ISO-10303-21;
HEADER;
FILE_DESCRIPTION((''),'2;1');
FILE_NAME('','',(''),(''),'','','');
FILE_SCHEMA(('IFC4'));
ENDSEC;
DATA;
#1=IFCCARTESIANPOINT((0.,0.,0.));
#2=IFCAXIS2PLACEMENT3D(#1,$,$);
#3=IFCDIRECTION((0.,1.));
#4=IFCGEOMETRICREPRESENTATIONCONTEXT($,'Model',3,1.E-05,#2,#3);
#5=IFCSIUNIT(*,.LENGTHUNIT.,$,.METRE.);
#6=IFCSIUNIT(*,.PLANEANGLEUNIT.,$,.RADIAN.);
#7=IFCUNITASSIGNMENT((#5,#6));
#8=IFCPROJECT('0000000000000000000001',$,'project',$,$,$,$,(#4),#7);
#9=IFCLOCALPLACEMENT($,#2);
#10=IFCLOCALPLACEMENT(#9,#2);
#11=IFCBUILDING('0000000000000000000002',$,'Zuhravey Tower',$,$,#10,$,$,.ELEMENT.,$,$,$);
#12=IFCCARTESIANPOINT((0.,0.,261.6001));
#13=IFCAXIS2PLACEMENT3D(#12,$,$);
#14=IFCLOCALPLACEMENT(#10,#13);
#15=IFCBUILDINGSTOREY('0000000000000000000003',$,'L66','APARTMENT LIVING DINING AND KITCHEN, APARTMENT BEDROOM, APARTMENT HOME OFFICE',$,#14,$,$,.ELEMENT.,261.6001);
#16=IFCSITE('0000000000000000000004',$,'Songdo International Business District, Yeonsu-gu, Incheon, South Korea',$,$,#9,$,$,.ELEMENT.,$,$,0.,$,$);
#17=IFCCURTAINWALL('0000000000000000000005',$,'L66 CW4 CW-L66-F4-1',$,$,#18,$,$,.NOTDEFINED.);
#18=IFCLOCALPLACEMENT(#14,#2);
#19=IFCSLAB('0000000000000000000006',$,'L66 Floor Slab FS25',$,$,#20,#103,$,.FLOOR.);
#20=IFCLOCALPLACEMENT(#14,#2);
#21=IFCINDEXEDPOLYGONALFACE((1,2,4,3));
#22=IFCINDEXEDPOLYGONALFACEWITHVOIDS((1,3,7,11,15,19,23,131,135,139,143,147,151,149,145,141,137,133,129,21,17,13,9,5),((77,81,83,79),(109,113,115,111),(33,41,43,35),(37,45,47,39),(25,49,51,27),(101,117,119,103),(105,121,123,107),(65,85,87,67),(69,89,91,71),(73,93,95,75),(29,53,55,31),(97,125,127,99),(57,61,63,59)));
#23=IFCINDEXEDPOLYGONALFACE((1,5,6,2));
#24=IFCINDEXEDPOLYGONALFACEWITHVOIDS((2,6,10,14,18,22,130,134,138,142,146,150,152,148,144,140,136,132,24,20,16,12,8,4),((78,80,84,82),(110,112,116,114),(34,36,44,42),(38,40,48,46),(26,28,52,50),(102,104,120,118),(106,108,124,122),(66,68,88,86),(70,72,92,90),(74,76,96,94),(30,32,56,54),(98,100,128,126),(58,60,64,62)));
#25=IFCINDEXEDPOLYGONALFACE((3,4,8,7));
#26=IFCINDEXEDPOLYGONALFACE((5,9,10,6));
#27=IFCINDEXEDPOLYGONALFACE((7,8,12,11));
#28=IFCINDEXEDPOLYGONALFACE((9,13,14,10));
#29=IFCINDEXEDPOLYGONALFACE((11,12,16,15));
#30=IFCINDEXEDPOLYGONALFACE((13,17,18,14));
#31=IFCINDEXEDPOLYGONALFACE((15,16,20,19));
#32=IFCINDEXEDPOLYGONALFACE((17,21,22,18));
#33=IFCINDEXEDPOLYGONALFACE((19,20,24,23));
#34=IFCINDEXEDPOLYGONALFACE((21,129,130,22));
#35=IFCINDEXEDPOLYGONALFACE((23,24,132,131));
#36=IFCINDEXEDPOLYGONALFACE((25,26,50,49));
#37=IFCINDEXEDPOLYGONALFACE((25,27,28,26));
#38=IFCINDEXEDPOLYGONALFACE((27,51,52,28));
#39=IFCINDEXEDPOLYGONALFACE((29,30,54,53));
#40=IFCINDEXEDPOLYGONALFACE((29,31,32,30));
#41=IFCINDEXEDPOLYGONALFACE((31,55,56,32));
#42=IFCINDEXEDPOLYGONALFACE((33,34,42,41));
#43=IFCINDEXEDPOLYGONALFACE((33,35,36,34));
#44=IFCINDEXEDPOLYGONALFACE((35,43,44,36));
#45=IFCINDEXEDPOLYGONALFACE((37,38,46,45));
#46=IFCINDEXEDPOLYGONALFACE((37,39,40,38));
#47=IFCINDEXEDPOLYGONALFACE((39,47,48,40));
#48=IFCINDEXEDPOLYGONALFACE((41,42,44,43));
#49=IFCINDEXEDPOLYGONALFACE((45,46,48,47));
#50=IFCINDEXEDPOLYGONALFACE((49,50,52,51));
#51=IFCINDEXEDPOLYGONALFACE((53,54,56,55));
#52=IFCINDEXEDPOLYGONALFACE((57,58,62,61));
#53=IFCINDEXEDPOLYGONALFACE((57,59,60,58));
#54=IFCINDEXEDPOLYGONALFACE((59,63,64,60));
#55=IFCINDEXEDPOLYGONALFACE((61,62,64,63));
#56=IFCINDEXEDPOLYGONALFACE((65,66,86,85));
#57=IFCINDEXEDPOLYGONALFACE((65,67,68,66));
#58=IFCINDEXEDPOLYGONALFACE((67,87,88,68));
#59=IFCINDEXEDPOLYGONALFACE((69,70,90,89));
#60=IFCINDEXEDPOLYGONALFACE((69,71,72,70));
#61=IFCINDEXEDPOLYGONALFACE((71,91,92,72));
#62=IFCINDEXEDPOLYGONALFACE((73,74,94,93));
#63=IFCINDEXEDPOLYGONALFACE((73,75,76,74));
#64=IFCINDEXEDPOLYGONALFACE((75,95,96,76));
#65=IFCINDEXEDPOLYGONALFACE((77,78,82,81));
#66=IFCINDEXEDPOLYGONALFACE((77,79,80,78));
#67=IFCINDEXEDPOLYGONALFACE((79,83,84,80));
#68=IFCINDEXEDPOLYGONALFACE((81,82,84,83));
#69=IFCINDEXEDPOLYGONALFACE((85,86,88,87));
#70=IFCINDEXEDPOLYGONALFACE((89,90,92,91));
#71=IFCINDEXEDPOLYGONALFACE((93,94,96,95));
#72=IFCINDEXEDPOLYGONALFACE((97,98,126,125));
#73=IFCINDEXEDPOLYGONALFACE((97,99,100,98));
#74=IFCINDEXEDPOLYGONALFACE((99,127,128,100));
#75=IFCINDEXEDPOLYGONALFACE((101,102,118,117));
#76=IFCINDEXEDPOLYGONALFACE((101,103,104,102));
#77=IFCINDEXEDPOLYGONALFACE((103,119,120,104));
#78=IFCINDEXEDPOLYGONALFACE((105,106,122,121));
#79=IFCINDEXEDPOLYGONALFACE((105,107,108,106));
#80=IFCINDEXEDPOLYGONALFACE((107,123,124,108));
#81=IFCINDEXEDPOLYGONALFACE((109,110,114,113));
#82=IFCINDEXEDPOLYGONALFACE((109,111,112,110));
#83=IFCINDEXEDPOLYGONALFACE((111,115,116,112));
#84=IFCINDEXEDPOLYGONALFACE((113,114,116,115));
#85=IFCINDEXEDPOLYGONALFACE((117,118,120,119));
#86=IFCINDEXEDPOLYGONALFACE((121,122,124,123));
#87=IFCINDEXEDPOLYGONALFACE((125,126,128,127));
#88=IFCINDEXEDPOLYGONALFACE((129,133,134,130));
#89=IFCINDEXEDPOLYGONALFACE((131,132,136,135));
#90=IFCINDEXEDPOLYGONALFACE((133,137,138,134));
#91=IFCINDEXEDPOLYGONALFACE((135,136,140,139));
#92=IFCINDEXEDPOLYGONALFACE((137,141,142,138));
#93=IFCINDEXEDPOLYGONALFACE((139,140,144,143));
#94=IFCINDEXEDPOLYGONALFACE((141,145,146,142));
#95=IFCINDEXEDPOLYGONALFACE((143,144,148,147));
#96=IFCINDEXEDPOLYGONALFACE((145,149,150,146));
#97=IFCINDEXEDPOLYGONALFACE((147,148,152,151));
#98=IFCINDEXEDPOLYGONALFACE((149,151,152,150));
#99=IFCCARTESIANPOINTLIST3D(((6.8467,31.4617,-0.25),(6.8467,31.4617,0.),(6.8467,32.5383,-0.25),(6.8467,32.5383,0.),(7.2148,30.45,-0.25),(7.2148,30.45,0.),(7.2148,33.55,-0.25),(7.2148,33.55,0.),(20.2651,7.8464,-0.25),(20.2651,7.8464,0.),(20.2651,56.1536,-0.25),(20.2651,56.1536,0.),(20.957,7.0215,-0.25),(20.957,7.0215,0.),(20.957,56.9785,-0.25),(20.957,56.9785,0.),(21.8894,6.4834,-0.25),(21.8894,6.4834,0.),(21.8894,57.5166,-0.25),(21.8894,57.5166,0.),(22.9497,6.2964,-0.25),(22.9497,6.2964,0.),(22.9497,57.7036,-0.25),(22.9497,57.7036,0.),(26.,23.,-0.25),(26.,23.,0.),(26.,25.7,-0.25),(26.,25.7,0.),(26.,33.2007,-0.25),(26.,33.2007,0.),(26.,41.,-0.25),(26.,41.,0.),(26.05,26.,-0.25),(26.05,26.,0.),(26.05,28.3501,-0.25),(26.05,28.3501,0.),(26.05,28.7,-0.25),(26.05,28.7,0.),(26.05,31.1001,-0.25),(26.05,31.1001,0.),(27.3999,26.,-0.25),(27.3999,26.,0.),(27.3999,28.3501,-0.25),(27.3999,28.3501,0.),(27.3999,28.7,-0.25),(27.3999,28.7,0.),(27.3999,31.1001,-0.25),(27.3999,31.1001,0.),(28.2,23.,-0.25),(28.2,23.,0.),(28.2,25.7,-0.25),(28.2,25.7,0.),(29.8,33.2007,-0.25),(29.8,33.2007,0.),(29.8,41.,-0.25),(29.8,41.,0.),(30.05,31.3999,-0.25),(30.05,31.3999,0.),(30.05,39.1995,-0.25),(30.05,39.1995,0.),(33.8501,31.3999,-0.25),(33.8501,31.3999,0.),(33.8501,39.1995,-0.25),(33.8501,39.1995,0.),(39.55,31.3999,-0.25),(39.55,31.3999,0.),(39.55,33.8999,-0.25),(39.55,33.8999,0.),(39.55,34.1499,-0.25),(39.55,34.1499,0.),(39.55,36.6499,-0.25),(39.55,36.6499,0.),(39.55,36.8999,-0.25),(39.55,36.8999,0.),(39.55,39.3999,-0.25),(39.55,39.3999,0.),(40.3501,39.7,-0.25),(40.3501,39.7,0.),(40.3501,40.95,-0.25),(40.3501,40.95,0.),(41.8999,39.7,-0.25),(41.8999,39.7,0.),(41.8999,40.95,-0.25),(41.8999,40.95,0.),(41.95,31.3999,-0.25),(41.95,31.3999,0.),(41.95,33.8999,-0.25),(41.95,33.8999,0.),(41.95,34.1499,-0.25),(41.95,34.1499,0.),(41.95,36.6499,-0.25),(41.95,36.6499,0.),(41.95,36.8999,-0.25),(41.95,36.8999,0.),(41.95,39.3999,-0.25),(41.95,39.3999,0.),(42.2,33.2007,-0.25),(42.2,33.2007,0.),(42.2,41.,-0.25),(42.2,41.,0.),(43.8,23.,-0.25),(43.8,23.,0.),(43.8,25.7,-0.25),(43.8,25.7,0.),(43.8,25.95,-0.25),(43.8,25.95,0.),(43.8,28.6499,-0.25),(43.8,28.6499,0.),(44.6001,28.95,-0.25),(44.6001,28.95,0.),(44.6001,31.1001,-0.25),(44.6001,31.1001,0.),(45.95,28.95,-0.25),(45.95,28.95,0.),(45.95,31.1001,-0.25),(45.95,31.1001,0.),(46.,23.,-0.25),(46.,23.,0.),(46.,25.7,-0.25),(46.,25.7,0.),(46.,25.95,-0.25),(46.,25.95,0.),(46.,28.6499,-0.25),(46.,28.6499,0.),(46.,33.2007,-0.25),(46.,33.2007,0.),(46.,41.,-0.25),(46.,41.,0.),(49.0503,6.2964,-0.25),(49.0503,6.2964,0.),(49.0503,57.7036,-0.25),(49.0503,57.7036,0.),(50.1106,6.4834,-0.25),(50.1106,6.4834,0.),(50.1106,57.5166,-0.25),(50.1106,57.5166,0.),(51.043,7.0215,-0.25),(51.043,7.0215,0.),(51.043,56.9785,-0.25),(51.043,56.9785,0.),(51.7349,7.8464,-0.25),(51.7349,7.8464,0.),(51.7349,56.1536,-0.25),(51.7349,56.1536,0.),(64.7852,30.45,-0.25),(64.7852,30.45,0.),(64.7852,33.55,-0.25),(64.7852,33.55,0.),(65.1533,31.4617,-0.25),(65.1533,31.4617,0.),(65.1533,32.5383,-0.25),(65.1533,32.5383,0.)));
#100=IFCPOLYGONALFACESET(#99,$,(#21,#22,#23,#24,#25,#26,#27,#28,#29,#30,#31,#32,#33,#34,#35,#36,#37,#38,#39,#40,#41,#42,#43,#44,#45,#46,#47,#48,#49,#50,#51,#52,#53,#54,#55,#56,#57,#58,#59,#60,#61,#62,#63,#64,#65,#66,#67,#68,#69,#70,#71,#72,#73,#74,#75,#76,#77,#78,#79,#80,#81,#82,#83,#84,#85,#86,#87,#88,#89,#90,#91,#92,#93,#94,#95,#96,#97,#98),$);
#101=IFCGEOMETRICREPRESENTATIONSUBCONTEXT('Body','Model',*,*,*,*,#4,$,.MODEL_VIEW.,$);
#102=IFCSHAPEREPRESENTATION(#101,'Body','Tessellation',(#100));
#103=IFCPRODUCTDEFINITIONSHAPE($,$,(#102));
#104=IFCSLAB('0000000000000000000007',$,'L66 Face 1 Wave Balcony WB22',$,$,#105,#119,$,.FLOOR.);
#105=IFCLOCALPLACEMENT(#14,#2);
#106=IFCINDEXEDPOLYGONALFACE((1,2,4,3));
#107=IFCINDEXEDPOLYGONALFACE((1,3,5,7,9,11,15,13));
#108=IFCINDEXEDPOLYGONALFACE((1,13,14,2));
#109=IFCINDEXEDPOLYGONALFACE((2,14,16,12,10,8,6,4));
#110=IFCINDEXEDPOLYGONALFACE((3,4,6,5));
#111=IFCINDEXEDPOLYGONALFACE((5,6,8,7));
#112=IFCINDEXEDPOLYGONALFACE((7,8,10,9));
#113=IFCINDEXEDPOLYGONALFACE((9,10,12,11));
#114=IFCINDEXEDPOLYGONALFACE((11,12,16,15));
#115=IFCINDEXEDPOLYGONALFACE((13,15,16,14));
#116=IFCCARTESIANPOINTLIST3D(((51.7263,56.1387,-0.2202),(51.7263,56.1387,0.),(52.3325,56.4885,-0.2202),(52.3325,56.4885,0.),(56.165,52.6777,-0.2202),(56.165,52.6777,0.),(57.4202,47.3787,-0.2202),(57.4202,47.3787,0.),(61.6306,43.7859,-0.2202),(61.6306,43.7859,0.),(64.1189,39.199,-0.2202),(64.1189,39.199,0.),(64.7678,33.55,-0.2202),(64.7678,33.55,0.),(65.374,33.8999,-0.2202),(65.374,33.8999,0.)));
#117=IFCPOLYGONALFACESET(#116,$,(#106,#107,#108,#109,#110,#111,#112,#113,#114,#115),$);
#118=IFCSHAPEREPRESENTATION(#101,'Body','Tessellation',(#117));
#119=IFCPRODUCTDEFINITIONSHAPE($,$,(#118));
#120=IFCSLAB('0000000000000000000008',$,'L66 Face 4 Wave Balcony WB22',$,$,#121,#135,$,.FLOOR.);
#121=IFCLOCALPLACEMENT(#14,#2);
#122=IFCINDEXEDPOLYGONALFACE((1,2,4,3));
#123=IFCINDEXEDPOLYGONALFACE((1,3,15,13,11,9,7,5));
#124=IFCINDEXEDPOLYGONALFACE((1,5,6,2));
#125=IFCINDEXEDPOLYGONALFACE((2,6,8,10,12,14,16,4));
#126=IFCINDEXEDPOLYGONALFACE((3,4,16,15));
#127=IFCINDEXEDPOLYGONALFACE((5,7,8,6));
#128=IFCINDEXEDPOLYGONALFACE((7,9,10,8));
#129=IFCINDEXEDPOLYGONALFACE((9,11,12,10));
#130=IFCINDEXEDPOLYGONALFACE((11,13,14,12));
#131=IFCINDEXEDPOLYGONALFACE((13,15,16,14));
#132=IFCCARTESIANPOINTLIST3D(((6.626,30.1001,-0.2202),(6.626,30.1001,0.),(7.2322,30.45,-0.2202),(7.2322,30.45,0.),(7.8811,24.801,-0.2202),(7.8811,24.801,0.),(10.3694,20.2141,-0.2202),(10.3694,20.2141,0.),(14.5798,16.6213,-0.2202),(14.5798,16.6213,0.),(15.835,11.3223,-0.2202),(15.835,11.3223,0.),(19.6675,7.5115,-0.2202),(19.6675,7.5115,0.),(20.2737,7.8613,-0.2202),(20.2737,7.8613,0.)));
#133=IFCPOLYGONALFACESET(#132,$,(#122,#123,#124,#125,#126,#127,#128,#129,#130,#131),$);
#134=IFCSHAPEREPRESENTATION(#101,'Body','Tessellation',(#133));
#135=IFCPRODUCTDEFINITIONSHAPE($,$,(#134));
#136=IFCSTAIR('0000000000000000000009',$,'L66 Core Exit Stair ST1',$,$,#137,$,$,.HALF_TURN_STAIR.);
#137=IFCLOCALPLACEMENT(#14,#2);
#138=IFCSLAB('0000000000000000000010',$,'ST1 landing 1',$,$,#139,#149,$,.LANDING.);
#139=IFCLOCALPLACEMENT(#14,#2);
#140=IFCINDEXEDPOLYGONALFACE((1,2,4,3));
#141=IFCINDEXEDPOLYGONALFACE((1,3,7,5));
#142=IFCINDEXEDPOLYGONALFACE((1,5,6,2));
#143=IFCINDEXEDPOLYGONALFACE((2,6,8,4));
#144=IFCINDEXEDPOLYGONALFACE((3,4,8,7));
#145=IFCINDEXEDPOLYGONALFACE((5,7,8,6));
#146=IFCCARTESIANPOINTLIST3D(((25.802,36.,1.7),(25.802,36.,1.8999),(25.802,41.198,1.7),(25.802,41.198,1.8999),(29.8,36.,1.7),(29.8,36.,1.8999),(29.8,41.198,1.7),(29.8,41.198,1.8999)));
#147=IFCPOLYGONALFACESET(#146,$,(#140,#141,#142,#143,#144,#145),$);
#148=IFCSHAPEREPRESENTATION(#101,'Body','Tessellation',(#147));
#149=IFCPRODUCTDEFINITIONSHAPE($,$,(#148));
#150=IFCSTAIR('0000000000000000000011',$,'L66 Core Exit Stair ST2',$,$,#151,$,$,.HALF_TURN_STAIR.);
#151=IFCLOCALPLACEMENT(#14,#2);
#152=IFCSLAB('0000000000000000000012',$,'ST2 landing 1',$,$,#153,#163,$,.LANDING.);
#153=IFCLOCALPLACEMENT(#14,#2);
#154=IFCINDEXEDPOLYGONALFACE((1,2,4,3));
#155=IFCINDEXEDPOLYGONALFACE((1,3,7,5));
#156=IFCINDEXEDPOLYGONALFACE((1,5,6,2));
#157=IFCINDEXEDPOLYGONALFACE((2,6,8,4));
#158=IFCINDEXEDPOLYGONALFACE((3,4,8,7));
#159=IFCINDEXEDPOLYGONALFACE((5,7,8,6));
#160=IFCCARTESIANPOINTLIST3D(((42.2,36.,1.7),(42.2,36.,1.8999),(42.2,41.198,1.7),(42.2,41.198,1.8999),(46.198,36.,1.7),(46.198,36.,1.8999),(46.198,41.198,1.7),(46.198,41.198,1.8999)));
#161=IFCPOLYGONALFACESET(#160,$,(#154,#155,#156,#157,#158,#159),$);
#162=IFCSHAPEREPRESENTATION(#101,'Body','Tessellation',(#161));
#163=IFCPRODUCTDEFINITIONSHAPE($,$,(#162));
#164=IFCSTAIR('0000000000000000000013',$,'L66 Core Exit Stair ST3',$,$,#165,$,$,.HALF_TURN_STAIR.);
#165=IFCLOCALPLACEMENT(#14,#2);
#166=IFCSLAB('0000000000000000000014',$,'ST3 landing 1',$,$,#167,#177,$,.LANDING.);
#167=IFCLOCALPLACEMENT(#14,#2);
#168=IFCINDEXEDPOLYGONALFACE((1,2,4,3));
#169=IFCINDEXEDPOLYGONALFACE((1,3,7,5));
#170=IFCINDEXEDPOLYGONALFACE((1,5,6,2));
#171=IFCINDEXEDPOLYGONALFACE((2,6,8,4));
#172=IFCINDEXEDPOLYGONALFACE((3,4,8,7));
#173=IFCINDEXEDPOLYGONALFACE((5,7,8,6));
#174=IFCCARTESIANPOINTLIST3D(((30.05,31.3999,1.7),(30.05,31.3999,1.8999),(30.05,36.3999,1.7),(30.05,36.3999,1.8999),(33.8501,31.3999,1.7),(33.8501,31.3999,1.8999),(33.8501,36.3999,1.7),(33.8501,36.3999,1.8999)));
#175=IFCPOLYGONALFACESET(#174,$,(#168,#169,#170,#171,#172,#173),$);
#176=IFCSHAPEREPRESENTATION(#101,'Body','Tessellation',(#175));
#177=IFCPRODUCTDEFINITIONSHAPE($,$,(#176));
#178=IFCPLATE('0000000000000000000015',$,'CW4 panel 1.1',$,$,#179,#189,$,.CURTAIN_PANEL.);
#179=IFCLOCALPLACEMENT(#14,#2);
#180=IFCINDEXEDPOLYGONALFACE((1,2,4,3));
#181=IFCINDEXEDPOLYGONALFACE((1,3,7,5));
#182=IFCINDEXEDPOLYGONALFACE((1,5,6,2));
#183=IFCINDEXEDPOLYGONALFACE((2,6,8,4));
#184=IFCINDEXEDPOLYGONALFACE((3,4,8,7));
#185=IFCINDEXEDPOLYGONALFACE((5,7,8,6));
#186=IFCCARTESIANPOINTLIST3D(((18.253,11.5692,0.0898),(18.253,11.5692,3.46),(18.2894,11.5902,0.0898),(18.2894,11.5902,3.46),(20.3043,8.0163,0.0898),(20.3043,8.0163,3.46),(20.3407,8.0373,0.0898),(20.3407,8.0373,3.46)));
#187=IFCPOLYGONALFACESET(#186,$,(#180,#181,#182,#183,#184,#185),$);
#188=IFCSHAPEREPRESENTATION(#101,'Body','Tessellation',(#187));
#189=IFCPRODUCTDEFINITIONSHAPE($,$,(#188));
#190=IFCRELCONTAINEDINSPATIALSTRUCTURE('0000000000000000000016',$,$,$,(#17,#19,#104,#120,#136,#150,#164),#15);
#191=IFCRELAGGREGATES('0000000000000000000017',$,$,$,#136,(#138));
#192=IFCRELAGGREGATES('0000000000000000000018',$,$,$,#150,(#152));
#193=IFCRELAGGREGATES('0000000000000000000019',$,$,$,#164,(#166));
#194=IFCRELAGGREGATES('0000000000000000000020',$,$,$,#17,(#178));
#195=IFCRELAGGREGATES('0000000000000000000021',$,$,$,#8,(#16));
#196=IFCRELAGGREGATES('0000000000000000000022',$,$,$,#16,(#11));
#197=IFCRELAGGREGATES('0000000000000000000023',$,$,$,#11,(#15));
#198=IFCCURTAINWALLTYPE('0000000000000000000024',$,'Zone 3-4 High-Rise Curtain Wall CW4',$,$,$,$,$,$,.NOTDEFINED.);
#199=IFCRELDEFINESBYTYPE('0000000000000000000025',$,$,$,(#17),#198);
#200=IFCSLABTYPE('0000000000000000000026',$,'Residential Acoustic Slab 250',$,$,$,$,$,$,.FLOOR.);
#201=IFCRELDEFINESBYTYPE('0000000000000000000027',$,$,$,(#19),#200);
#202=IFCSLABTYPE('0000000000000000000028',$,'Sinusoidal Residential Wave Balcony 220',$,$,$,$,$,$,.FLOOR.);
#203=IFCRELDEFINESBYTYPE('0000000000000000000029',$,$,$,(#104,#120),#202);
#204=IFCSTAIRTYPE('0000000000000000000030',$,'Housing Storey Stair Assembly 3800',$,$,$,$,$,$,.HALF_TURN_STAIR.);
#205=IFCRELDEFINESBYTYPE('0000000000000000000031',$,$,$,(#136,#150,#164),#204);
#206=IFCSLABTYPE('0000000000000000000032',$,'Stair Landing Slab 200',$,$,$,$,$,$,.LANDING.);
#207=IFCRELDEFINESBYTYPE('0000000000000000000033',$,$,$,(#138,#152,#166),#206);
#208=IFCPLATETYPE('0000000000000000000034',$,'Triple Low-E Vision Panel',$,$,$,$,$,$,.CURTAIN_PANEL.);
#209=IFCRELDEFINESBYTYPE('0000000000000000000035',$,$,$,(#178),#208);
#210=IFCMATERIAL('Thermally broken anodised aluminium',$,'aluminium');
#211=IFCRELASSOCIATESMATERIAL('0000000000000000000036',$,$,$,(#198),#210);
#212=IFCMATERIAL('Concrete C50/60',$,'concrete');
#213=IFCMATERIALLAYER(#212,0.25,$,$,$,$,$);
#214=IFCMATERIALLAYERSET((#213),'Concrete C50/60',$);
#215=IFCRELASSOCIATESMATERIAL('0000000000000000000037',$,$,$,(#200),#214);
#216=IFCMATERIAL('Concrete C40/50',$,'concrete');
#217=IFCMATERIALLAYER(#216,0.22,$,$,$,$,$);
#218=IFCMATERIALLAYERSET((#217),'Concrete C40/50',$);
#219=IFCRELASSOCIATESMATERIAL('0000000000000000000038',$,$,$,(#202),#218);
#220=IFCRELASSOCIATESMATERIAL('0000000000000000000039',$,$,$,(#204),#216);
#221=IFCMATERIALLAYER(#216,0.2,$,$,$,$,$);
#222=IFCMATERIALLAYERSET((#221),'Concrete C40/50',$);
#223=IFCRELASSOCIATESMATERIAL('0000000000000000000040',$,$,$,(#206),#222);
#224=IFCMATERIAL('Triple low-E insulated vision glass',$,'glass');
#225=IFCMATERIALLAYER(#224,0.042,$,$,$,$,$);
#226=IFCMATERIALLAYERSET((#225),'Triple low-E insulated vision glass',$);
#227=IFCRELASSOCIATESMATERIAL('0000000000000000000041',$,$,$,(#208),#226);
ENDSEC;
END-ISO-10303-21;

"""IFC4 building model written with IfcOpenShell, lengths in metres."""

from ifc_helpers import new_model, si_unit, direction, frame, origin, origin_2d, place, context, subcontext, project, spatial, polyline, rectangle, outline, extrude, material, layer, layer_set, type_object, element, aggregate, save


model = new_model("IFC4")

# Units and contexts
model_context = context("Model", 3, precision=1e-05, world=origin(), true_north=direction((0.0, 1.0)))
body_context = subcontext(model_context, "Body", "Model", "MODEL_VIEW")
ifc_project = project(units=[si_unit("LENGTHUNIT", "METRE"), si_unit("PLANEANGLEUNIT", "RADIAN")], contexts=[model_context])

# Site, building, storey
site_placement = place(None, origin())
site = spatial("IfcSite", under=ifc_project, at=site_placement, Name="Songdo International Business District, Yeonsu-gu, Incheon, South Korea", CompositionType="ELEMENT", RefElevation=0.0)
building_placement = place(site_placement, origin())
building = spatial("IfcBuilding", under=site, at=building_placement, Name="Zuhravey Tower", CompositionType="ELEMENT")
storey_placement = place(building_placement, frame((0.0, 0.0, 261.6001)))
storey = spatial("IfcBuildingStorey", under=building, at=storey_placement, Name="L66", Description="APARTMENT LIVING DINING AND KITCHEN, APARTMENT BEDROOM, APARTMENT HOME OFFICE", CompositionType="ELEMENT", Elevation=261.6001)

# Shared definitions
ifc_material_1 = material(Name="Concrete C50/60", Category="concrete")

# Curtain wall
ifc_material_2 = material(Name="Thermally broken anodised aluminium", Category="aluminium")
curtain_wall_type = type_object("IfcCurtainWallType", Name="Zone 3-4 High-Rise Curtain Wall CW4", PredefinedType="NOTDEFINED", material=ifc_material_2)
curtain_wall_1_placement = place(storey_placement, origin())
curtain_wall_1 = element("IfcCurtainWall", 1, at=curtain_wall_1_placement, inside=storey, type_object=curtain_wall_type, Name="L66 CW4 CW-L66-F4-1", PredefinedType="NOTDEFINED")

# Slabs
ifc_layer_1 = layer(ifc_material_1, 0.25)
ifc_layer_set_1 = layer_set([ifc_layer_1], Name="Concrete C50/60")
slab_type_1 = type_object("IfcSlabType", Name="Residential Acoustic Slab 250", PredefinedType="FLOOR", material=ifc_layer_set_1)
slab_1_placement = place(storey_placement, frame((0.0, 0.0, -0.25)))
element("IfcSlab", 2, at=slab_1_placement, inside=storey, type_object=slab_type_1, Name="L66 Floor Slab FS25", PredefinedType="FLOOR", context=body_context, shape_type="SweptSolid", body=[
    extrude(outline(polyline([(64.7852, 30.45), (65.1533, 31.4617), (65.1533, 32.5383), (64.7852, 33.55), (51.7349, 56.1536), (51.043, 56.9785), (50.1106, 57.5166), (49.0503, 57.7036), (22.9497, 57.7036), (21.8894, 57.5166), (20.957, 56.9785), (20.2651, 56.1536), (7.2148, 33.55), (6.8467, 32.5383), (6.8467, 31.4617), (7.2148, 30.45), (20.2651, 7.8464), (20.957, 7.0215), (21.8894, 6.4834), (22.9497, 6.2964), (49.0503, 6.2964), (50.1106, 6.4834), (51.043, 7.0215), (51.7349, 7.8464), (64.7852, 30.45)]), holes=[polyline([(29.8, 33.2007), (29.8, 41.0), (26.0, 41.0), (26.0, 33.2007), (29.8, 33.2007)]), polyline([(46.0, 33.2007), (46.0, 41.0), (42.2, 41.0), (42.2, 33.2007), (46.0, 33.2007)]), polyline([(30.05, 39.1995), (30.05, 31.3999), (33.8501, 31.3999), (33.8501, 39.1995), (30.05, 39.1995)]), polyline([(39.55, 31.3999), (41.95, 31.3999), (41.95, 33.8999), (39.55, 33.8999), (39.55, 31.3999)]), polyline([(39.55, 34.1499), (41.95, 34.1499), (41.95, 36.6499), (39.55, 36.6499), (39.55, 34.1499)]), polyline([(39.55, 36.8999), (41.95, 36.8999), (41.95, 39.3999), (39.55, 39.3999), (39.55, 36.8999)]), polyline([(26.0, 23.0), (28.2, 23.0), (28.2, 25.7), (26.0, 25.7), (26.0, 23.0)]), polyline([(43.8, 23.0), (46.0, 23.0), (46.0, 25.7), (43.8, 25.7), (43.8, 23.0)]), polyline([(43.8, 25.95), (46.0, 25.95), (46.0, 28.6499), (43.8, 28.6499), (43.8, 25.95)]), polyline([(26.05, 26.0), (27.3999, 26.0), (27.3999, 28.3501), (26.05, 28.3501), (26.05, 26.0)]), polyline([(26.05, 28.7), (27.3999, 28.7), (27.3999, 31.1001), (26.05, 31.1001), (26.05, 28.7)]), polyline([(44.6001, 28.95), (45.95, 28.95), (45.95, 31.1001), (44.6001, 31.1001), (44.6001, 28.95)]), polyline([(40.3501, 39.7), (41.8999, 39.7), (41.8999, 40.95), (40.3501, 40.95), (40.3501, 39.7)])]), origin(), (0.0, 0.0, 1.0), 0.25),
])
ifc_material_3 = material(Name="Concrete C40/50", Category="concrete")
ifc_layer_2 = layer(ifc_material_3, 0.22)
ifc_layer_set_2 = layer_set([ifc_layer_2], Name="Concrete C40/50")
slab_type_2 = type_object("IfcSlabType", Name="Sinusoidal Residential Wave Balcony 220", PredefinedType="FLOOR", material=ifc_layer_set_2)
slab_2_placement = place(storey_placement, frame((0.0, 0.0, -0.2202)))
element("IfcSlab", 3, at=slab_2_placement, inside=storey, type_object=slab_type_2, Name="L66 Face 1 Wave Balcony WB22", PredefinedType="FLOOR", context=body_context, shape_type="SweptSolid", body=[
    extrude(outline(polyline([(64.7678, 33.55), (51.7263, 56.1387), (52.3325, 56.4885), (56.165, 52.6777), (57.4202, 47.3787), (61.6306, 43.7859), (64.1189, 39.199), (65.374, 33.8999), (64.7678, 33.55)])), origin(), (0.0, 0.0, 1.0), 0.2202),
])
slab_3_placement = place(storey_placement, frame((0.0, 0.0, -0.2202)))
element("IfcSlab", 4, at=slab_3_placement, inside=storey, type_object=slab_type_2, Name="L66 Face 4 Wave Balcony WB22", PredefinedType="FLOOR", context=body_context, shape_type="SweptSolid", body=[
    extrude(outline(polyline([(7.2322, 30.45), (20.2737, 7.8613), (19.6675, 7.5115), (15.835, 11.3223), (14.5798, 16.6213), (10.3694, 20.2141), (7.8811, 24.801), (6.626, 30.1001), (7.2322, 30.45)])), origin(), (0.0, 0.0, 1.0), 0.2202),
])

# Stairs, slabs
stair_type = type_object("IfcStairType", Name="Housing Storey Stair Assembly 3800", PredefinedType="HALF_TURN_STAIR", material=ifc_material_3)
stair_1_placement = place(storey_placement, origin())
stair_1 = element("IfcStair", 5, at=stair_1_placement, inside=storey, type_object=stair_type, Name="L66 Core Exit Stair ST1", PredefinedType="HALF_TURN_STAIR")
ifc_layer_3 = layer(ifc_material_3, 0.2)
ifc_layer_set_3 = layer_set([ifc_layer_3], Name="Concrete C40/50")
slab_type_3 = type_object("IfcSlabType", Name="Stair Landing Slab 200", PredefinedType="LANDING", material=ifc_layer_set_3)
slab_4_placement = place(storey_placement, frame((0.0, 0.0, 1.7)))
slab_4 = element("IfcSlab", 6, at=slab_4_placement, type_object=slab_type_3, Name="ST1 landing 1", PredefinedType="LANDING", context=body_context, shape_type="SweptSolid", body=[
    extrude(outline(polyline([(29.8, 36.0), (29.8, 41.198), (25.802, 41.198), (25.802, 36.0), (29.8, 36.0)])), origin(), (0.0, 0.0, 1.0), 0.2),
])
aggregate(stair_1, [slab_4])
stair_2_placement = place(storey_placement, origin())
stair_2 = element("IfcStair", 7, at=stair_2_placement, inside=storey, type_object=stair_type, Name="L66 Core Exit Stair ST2", PredefinedType="HALF_TURN_STAIR")
slab_5_placement = place(storey_placement, frame((0.0, 0.0, 1.7)))
slab_5 = element("IfcSlab", 8, at=slab_5_placement, type_object=slab_type_3, Name="ST2 landing 1", PredefinedType="LANDING", context=body_context, shape_type="SweptSolid", body=[
    extrude(outline(polyline([(46.198, 36.0), (46.198, 41.198), (42.2, 41.198), (42.2, 36.0), (46.198, 36.0)])), origin(), (0.0, 0.0, 1.0), 0.2),
])
aggregate(stair_2, [slab_5])
stair_3_placement = place(storey_placement, origin())
stair_3 = element("IfcStair", 9, at=stair_3_placement, inside=storey, type_object=stair_type, Name="L66 Core Exit Stair ST3", PredefinedType="HALF_TURN_STAIR")
slab_6_placement = place(storey_placement, frame((0.0, 0.0, 1.7)))
slab_6 = element("IfcSlab", 10, at=slab_6_placement, type_object=slab_type_3, Name="ST3 landing 1", PredefinedType="LANDING", context=body_context, shape_type="SweptSolid", body=[
    extrude(outline(polyline([(30.05, 36.3999), (30.05, 31.3999), (33.8501, 31.3999), (33.8501, 36.3999), (30.05, 36.3999)])), origin(), (0.0, 0.0, 1.0), 0.2),
])
aggregate(stair_3, [slab_6])

# Plate
ifc_material_4 = material(Name="Triple low-E insulated vision glass", Category="glass")
ifc_layer_4 = layer(ifc_material_4, 0.042)
ifc_layer_set_4 = layer_set([ifc_layer_4], Name="Triple low-E insulated vision glass")
plate_type_1 = type_object("IfcPlateType", Name="Triple Low-E Vision Panel", PredefinedType="CURTAIN_PANEL", material=ifc_layer_set_4)
plate_1_placement = place(storey_placement, frame((19.2969, 9.8032, 0.0898), z_axis=(0.0, 0.0, 1.0), x_axis=(-0.500004, 0.866023, 0.0)))
plate_1 = element("IfcPlate", 11, at=plate_1_placement, type_object=plate_type_1, Name="CW4 panel 1.1", PredefinedType="CURTAIN_PANEL", context=body_context, shape_type="SweptSolid", body=[
    extrude(rectangle(XDim=4.1025, YDim=0.042, at=origin_2d()), origin(), (0.0, 0.0, 1.0), 3.3701),
])
aggregate(curtain_wall_1, [plate_1])

save(model, "model.ifc")
